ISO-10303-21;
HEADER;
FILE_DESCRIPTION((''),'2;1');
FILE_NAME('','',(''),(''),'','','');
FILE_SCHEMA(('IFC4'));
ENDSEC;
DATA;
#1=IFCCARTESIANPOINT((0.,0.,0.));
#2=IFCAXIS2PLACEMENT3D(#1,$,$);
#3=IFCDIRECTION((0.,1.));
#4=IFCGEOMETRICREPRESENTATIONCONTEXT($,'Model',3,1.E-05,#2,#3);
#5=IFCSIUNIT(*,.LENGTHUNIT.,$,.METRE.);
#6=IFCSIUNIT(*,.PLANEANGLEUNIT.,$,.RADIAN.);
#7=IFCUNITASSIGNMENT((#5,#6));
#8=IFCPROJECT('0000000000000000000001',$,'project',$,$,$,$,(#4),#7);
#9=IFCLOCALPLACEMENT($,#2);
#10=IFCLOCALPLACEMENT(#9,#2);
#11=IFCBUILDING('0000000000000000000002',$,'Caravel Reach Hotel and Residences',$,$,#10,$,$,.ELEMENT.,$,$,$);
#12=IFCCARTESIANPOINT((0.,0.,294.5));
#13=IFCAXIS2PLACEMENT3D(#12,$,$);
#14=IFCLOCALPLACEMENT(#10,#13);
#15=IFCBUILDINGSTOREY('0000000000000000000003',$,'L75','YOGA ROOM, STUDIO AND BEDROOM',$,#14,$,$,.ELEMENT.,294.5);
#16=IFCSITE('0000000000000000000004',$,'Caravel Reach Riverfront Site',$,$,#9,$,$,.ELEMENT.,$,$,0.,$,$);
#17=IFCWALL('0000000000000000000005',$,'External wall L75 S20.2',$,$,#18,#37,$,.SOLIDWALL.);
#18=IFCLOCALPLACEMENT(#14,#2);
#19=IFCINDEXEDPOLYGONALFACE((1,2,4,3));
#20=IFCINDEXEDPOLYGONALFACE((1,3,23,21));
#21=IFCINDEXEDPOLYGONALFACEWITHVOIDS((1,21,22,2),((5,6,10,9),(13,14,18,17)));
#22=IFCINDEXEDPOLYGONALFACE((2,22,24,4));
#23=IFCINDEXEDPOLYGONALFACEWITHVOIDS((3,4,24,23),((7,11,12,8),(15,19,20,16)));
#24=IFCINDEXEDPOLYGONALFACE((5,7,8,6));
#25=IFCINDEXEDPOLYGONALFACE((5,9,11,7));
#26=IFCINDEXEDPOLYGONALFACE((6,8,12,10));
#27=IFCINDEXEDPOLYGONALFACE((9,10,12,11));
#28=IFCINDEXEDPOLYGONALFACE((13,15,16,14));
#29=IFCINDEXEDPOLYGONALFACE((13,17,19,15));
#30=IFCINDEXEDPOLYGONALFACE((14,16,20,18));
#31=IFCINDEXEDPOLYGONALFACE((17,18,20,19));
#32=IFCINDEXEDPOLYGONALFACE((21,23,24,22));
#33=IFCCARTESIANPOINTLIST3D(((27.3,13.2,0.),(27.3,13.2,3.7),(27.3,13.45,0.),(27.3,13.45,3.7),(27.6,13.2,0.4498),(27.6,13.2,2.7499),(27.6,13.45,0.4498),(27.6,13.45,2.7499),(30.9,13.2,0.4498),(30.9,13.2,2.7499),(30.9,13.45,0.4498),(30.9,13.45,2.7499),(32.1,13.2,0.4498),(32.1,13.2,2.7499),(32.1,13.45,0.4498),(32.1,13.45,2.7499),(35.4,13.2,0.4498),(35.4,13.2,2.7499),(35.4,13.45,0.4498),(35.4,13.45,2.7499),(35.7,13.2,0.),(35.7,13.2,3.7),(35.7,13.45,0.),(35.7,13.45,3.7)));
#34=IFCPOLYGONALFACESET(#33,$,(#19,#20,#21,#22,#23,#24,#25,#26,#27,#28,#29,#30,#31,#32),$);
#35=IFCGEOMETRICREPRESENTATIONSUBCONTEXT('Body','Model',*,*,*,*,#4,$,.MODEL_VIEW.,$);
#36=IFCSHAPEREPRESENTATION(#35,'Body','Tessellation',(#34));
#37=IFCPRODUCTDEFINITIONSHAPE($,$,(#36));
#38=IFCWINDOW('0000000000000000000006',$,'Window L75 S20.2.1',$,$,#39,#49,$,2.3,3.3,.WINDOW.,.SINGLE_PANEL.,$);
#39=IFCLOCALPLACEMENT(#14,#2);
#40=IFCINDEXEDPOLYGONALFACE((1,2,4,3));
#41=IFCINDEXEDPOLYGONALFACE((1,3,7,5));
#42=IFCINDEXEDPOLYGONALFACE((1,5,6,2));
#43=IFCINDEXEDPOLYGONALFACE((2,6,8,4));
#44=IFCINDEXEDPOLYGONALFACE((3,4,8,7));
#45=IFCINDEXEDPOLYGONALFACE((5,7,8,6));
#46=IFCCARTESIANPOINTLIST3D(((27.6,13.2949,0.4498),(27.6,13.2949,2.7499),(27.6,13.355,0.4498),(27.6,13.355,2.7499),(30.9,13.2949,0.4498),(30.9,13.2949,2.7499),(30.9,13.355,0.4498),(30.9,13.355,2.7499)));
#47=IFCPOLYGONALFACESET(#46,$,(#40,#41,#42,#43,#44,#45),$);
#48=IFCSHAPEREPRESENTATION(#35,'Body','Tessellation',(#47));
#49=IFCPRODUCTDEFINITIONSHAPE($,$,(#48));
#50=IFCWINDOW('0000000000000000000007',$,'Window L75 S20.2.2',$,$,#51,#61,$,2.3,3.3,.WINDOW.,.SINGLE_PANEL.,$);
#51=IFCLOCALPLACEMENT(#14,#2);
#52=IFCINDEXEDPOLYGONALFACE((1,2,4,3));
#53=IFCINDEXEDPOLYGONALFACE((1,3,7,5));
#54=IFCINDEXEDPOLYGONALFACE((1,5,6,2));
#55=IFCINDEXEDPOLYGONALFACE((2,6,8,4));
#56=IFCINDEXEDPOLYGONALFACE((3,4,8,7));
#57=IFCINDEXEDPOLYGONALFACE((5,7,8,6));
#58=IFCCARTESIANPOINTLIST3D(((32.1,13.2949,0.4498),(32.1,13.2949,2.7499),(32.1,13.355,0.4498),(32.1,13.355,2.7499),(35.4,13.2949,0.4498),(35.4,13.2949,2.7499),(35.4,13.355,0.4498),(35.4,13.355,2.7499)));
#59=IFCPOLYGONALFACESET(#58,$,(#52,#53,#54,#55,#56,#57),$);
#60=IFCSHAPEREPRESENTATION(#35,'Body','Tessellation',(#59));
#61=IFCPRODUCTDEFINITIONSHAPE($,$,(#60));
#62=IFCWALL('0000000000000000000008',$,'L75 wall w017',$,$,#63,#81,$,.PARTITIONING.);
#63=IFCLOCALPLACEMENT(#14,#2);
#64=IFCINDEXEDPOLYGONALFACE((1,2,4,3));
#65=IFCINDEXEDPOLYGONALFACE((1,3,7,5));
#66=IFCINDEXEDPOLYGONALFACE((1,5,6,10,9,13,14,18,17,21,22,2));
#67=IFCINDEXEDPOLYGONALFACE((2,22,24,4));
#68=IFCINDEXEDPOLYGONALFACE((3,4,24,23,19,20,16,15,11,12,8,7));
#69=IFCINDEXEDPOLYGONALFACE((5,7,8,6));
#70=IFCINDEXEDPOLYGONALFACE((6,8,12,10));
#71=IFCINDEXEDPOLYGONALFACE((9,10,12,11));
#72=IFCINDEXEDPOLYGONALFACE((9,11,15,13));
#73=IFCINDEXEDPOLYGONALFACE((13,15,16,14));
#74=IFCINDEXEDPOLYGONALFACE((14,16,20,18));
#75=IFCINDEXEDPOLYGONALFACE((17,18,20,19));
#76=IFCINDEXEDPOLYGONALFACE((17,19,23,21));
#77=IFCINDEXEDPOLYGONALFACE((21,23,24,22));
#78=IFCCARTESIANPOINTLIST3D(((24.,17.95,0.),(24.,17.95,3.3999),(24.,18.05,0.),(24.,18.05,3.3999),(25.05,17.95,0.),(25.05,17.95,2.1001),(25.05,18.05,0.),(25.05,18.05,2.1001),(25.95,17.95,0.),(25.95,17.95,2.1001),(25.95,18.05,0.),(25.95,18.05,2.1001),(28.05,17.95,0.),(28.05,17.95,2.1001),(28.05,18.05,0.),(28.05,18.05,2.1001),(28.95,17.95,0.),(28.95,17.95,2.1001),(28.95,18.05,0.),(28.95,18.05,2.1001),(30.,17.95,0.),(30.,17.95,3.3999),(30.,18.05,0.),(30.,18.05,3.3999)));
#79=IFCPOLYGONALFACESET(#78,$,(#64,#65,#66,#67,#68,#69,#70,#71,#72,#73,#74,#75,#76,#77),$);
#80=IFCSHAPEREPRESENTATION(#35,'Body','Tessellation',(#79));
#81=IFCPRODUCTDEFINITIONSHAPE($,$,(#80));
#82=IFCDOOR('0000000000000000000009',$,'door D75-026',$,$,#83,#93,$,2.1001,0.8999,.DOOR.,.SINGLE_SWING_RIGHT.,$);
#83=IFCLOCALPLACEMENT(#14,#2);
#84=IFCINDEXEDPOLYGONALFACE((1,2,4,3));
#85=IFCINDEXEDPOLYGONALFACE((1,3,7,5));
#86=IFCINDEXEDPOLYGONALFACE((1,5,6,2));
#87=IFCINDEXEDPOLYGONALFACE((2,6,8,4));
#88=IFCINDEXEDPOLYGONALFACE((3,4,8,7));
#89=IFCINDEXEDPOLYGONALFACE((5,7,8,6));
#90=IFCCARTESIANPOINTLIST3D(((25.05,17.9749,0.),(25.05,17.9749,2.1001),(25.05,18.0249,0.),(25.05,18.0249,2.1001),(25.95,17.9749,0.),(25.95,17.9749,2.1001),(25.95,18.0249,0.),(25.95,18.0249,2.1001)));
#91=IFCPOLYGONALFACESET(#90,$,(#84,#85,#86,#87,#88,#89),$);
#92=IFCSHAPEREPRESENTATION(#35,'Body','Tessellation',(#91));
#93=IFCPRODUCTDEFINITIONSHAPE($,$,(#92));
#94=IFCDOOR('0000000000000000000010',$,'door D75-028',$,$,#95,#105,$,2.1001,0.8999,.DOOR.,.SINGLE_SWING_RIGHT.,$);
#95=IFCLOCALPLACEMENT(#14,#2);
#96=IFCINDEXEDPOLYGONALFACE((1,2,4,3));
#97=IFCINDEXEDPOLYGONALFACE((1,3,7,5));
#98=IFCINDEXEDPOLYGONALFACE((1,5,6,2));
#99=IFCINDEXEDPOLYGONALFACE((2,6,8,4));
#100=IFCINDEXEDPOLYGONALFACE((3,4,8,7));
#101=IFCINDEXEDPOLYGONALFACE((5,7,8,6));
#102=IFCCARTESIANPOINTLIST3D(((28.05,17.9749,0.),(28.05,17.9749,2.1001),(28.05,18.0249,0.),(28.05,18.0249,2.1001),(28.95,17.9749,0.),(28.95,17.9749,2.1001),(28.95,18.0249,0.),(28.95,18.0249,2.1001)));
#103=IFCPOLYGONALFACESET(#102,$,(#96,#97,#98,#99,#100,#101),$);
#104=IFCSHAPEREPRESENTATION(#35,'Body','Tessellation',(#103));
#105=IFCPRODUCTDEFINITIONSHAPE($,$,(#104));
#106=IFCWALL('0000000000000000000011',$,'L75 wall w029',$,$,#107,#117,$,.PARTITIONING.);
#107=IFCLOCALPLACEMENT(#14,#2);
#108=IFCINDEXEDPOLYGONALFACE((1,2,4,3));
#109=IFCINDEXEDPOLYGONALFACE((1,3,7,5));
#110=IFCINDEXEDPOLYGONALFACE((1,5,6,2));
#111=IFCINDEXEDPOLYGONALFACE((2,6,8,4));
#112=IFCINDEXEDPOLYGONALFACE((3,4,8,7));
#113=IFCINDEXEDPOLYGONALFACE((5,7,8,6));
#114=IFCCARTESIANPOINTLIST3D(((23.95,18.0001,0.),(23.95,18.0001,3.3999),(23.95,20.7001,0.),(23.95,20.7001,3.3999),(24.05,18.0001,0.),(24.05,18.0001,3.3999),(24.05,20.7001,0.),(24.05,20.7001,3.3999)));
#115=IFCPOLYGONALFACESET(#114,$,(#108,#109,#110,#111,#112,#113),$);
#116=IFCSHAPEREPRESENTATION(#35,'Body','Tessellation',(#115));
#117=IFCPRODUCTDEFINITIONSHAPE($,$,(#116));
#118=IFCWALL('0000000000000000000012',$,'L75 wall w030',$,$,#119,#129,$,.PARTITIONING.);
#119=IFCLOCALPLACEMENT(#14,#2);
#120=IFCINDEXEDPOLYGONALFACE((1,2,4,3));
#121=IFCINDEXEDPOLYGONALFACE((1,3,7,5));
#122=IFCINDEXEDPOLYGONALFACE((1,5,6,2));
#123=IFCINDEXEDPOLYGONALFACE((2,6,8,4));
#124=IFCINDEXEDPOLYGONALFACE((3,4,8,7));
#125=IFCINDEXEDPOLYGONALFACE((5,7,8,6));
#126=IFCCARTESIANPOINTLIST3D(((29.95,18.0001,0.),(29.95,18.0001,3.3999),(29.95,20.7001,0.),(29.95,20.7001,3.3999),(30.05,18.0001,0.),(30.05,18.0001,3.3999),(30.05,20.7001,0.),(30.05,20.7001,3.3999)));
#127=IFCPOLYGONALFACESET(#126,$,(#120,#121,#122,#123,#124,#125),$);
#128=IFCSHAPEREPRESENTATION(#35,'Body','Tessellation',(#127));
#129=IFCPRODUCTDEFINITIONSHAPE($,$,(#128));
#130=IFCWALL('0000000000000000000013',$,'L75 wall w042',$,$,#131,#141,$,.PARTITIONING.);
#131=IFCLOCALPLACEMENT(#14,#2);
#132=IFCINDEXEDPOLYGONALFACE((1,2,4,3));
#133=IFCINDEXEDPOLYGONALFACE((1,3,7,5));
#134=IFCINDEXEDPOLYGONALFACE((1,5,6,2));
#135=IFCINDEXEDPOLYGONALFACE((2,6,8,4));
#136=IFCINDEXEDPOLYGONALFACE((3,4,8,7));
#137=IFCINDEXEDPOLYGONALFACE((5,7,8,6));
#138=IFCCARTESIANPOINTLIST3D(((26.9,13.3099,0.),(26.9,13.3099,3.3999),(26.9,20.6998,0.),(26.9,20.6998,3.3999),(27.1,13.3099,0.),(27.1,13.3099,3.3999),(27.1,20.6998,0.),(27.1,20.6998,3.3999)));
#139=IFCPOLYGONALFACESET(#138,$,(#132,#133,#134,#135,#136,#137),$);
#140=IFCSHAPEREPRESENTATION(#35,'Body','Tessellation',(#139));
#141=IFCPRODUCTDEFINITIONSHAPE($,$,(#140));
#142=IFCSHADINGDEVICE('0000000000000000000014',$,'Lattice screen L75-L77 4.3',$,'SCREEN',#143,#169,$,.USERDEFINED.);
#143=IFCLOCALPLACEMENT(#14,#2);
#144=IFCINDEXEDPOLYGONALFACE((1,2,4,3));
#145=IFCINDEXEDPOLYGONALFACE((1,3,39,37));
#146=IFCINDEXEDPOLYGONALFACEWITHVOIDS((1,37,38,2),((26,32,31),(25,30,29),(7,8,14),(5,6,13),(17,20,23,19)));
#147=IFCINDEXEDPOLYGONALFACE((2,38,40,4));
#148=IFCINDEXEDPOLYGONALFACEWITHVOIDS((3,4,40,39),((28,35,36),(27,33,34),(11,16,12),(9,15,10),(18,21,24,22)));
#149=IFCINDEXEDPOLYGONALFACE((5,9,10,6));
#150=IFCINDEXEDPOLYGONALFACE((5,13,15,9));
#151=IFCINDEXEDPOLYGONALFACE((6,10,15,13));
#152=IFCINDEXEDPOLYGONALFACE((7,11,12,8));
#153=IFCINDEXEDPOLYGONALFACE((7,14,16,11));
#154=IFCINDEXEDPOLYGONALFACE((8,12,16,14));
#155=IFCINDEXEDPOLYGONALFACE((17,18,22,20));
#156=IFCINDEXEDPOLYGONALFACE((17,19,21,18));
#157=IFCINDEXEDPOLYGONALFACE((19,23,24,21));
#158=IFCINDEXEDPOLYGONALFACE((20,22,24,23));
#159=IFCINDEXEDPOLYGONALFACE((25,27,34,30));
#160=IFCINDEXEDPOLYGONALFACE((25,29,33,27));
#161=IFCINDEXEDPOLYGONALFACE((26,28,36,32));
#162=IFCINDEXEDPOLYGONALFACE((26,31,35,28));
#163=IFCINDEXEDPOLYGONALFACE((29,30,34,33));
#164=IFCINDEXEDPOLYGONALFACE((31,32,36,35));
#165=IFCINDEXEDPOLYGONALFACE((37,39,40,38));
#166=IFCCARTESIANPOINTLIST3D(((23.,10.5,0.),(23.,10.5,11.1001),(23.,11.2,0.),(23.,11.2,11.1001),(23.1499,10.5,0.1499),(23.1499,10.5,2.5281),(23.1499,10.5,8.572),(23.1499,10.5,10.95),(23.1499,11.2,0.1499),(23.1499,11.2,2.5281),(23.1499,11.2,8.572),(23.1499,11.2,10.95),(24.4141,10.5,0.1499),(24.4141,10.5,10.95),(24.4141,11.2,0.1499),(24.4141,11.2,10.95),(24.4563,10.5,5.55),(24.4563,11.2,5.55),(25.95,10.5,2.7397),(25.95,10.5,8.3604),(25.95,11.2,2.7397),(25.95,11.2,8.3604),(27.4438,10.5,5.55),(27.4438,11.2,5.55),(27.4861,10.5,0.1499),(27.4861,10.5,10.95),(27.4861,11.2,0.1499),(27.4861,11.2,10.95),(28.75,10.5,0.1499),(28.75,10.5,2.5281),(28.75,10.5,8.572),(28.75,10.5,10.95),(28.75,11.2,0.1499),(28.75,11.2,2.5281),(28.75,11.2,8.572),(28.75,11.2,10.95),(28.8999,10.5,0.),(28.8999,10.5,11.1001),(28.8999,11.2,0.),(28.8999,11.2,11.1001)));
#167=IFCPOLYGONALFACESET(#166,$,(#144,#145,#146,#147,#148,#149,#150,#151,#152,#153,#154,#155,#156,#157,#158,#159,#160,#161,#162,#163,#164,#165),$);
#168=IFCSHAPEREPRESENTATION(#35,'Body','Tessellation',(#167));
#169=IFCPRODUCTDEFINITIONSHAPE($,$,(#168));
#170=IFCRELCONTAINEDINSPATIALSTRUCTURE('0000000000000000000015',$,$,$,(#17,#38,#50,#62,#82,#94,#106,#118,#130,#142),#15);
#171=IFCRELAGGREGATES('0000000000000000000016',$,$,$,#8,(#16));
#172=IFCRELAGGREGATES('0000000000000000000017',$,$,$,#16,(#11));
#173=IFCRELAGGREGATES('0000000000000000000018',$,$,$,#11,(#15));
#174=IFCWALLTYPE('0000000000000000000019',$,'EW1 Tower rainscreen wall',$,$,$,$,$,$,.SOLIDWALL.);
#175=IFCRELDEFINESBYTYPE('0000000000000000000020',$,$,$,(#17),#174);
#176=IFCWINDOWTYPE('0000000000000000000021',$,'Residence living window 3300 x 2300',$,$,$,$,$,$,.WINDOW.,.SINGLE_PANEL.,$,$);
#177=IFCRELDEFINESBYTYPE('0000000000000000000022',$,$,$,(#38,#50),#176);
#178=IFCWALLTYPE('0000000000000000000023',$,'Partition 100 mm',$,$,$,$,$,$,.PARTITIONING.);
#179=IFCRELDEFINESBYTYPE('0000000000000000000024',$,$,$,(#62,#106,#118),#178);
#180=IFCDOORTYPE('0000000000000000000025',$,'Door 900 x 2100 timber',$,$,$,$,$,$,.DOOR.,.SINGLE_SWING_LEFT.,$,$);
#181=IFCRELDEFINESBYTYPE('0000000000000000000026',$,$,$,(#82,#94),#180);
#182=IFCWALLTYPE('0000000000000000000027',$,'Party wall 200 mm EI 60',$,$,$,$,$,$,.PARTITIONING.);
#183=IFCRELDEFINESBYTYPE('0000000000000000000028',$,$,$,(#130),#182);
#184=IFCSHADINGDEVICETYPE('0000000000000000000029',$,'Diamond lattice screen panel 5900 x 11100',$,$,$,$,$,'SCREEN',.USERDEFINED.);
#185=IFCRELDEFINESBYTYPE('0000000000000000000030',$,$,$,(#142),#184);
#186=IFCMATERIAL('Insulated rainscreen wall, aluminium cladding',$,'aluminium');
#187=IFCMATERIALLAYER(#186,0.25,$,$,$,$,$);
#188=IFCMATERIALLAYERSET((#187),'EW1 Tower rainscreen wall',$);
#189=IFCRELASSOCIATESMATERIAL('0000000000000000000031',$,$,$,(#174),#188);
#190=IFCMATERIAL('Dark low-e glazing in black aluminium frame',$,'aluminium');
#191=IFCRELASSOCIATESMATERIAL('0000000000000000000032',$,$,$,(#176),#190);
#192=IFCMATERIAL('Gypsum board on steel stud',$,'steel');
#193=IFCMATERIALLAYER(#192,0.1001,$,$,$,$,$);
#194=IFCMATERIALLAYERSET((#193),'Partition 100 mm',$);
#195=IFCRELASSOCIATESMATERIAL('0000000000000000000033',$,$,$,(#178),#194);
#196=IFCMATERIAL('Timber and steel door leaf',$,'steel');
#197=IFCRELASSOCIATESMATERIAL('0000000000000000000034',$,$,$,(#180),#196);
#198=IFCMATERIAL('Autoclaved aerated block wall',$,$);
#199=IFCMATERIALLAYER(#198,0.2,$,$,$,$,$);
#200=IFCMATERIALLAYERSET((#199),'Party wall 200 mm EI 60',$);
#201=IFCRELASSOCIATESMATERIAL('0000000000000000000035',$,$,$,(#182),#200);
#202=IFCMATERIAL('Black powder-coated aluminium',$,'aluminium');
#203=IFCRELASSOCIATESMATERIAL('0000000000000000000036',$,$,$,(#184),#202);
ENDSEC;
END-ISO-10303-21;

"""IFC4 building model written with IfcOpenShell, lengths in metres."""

from ifc_helpers import new_model, si_unit, direction, frame, frame_2d, origin, place, context, subcontext, project, spatial, polyline, rectangle, outline, extrude, material, layer, layer_set, type_object, element, fill, save


model = new_model("IFC4")

# Units and contexts
model_context = context("Model", 3, precision=1e-05, world=origin(), true_north=direction((0.0, 1.0)))
body_context = subcontext(model_context, "Body", "Model", "MODEL_VIEW")
ifc_project = project(units=[si_unit("LENGTHUNIT", "METRE"), si_unit("PLANEANGLEUNIT", "RADIAN")], contexts=[model_context])

# Site, building, storey
site_placement = place(None, origin())
site = spatial("IfcSite", under=ifc_project, at=site_placement, Name="Caravel Reach Riverfront Site", CompositionType="ELEMENT", RefElevation=0.0)
building_placement = place(site_placement, origin())
building = spatial("IfcBuilding", under=site, at=building_placement, Name="Caravel Reach Hotel and Residences", CompositionType="ELEMENT")
storey_placement = place(building_placement, frame((0.0, 0.0, 294.5)))
storey = spatial("IfcBuildingStorey", under=building, at=storey_placement, Name="L75", Description="YOGA ROOM, STUDIO AND BEDROOM", CompositionType="ELEMENT", Elevation=294.5)

# Wall, openings, windows
ifc_material_1 = material(Name="Insulated rainscreen wall, aluminium cladding", Category="aluminium")
ifc_layer_1 = layer(ifc_material_1, 0.25)
ifc_layer_set_1 = layer_set([ifc_layer_1], Name="EW1 Tower rainscreen wall")
wall_type_1 = type_object("IfcWallType", Name="EW1 Tower rainscreen wall", PredefinedType="SOLIDWALL", material=ifc_layer_set_1)
wall_1_placement = place(storey_placement, frame((27.3, 13.325, 0.0), z_axis=(0.0, 0.0, 1.0), x_axis=(1.0, 0.0, 0.0)))
wall_1 = element("IfcWall", 1, at=wall_1_placement, inside=storey, type_object=wall_type_1, Name="External wall L75 S20.2", PredefinedType="SOLIDWALL", context=body_context, shape_type="SweptSolid", body=[
    extrude(rectangle(XDim=8.3999, YDim=0.25, at=frame_2d((4.2, 0.0))), origin(), (0.0, 0.0, 1.0), 3.7),
])
opening_1_placement = place(wall_1_placement, frame((0.3, 0.0, 0.45)))
opening_1 = element("IfcOpeningElement", 2, at=opening_1_placement, cuts=wall_1, PredefinedType="OPENING", context=body_context, shape_type="SweptSolid", body=[
    extrude(rectangle(XDim=3.3, YDim=2.3, at=frame_2d((1.6499, 1.1499))), frame((0.0, 0.135, 0.0), z_axis=(0.0, -1.0, 0.0), x_axis=(1.0, 0.0, 0.0)), (0.0, 0.0, 1.0), 0.27),
])
opening_2_placement = place(wall_1_placement, frame((4.8, 0.0, 0.45)))
opening_2 = element("IfcOpeningElement", 3, at=opening_2_placement, cuts=wall_1, PredefinedType="OPENING", context=body_context, shape_type="SweptSolid", body=[
    extrude(rectangle(XDim=3.3, YDim=2.3, at=frame_2d((1.6499, 1.1499))), frame((0.0, 0.135, 0.0), z_axis=(0.0, -1.0, 0.0), x_axis=(1.0, 0.0, 0.0)), (0.0, 0.0, 1.0), 0.27),
])
ifc_material_2 = material(Name="Dark low-e glazing in black aluminium frame", Category="aluminium")
window_type = type_object("IfcWindowType", Name="Residence living window 3300 x 2300", PartitioningType="SINGLE_PANEL", PredefinedType="WINDOW", material=ifc_material_2)
window_1_placement = place(opening_1_placement, origin())
window_1 = element("IfcWindow", 4, at=window_1_placement, inside=storey, type_object=window_type, Name="Window L75 S20.2.1", OverallHeight=2.3, OverallWidth=3.3, PartitioningType="SINGLE_PANEL", PredefinedType="WINDOW", context=body_context, shape_type="SweptSolid", body=[
    extrude(rectangle(XDim=3.3, YDim=2.3, at=frame_2d((1.6499, 1.1499))), frame((0.0, 0.03, 0.0), z_axis=(0.0, -1.0, 0.0), x_axis=(1.0, 0.0, 0.0)), (0.0, 0.0, 1.0), 0.0601),
])
fill(opening_1, window_1)
window_2_placement = place(opening_2_placement, origin())
window_2 = element("IfcWindow", 5, at=window_2_placement, inside=storey, type_object=window_type, Name="Window L75 S20.2.2", OverallHeight=2.3, OverallWidth=3.3, PartitioningType="SINGLE_PANEL", PredefinedType="WINDOW", context=body_context, shape_type="SweptSolid", body=[
    extrude(rectangle(XDim=3.3, YDim=2.3, at=frame_2d((1.6499, 1.1499))), frame((0.0, 0.03, 0.0), z_axis=(0.0, -1.0, 0.0), x_axis=(1.0, 0.0, 0.0)), (0.0, 0.0, 1.0), 0.0601),
])
fill(opening_2, window_2)

# Wall, openings, doors
ifc_material_3 = material(Name="Gypsum board on steel stud", Category="steel")
ifc_layer_2 = layer(ifc_material_3, 0.1001)
ifc_layer_set_2 = layer_set([ifc_layer_2], Name="Partition 100 mm")
wall_type_2 = type_object("IfcWallType", Name="Partition 100 mm", PredefinedType="PARTITIONING", material=ifc_layer_set_2)
wall_2_placement = place(storey_placement, frame((24.0, 18.0, 0.0), z_axis=(0.0, 0.0, 1.0), x_axis=(1.0, 0.0, 0.0)))
wall_2 = element("IfcWall", 6, at=wall_2_placement, inside=storey, type_object=wall_type_2, Name="L75 wall w017", PredefinedType="PARTITIONING", context=body_context, shape_type="SweptSolid", body=[
    extrude(rectangle(XDim=6.0, YDim=0.1001, at=frame_2d((3.0, 0.0))), origin(), (0.0, 0.0, 1.0), 3.3999),
])
opening_3_placement = place(wall_2_placement, frame((1.05, 0.0, 0.0)))
opening_3 = element("IfcOpeningElement", 7, at=opening_3_placement, cuts=wall_2, PredefinedType="OPENING", context=body_context, shape_type="SweptSolid", body=[
    extrude(rectangle(XDim=0.8999, YDim=2.1001, at=frame_2d((0.45, 1.05))), frame((0.0, 0.0601, 0.0), z_axis=(0.0, -1.0, 0.0), x_axis=(1.0, 0.0, 0.0)), (0.0, 0.0, 1.0), 0.1201),
])
opening_4_placement = place(wall_2_placement, frame((4.05, 0.0, 0.0)))
opening_4 = element("IfcOpeningElement", 8, at=opening_4_placement, cuts=wall_2, PredefinedType="OPENING", context=body_context, shape_type="SweptSolid", body=[
    extrude(rectangle(XDim=0.8999, YDim=2.1001, at=frame_2d((0.45, 1.05))), frame((0.0, 0.0601, 0.0), z_axis=(0.0, -1.0, 0.0), x_axis=(1.0, 0.0, 0.0)), (0.0, 0.0, 1.0), 0.1201),
])
ifc_material_4 = material(Name="Timber and steel door leaf", Category="steel")
door_type_1 = type_object("IfcDoorType", Name="Door 900 x 2100 timber", OperationType="SINGLE_SWING_LEFT", PredefinedType="DOOR", material=ifc_material_4)
door_1_placement = place(opening_3_placement, origin())
door_1 = element("IfcDoor", 9, at=door_1_placement, inside=storey, type_object=door_type_1, Name="door D75-026", OperationType="SINGLE_SWING_RIGHT", OverallHeight=2.1001, OverallWidth=0.8999, PredefinedType="DOOR", context=body_context, shape_type="SweptSolid", body=[
    extrude(rectangle(XDim=0.8999, YDim=2.1001, at=frame_2d((0.45, 1.05))), frame((0.0, 0.0249, 0.0), z_axis=(0.0, -1.0, 0.0), x_axis=(1.0, 0.0, 0.0)), (0.0, 0.0, 1.0), 0.05),
])
fill(opening_3, door_1)
door_2_placement = place(opening_4_placement, origin())
door_2 = element("IfcDoor", 10, at=door_2_placement, inside=storey, type_object=door_type_1, Name="door D75-028", OperationType="SINGLE_SWING_RIGHT", OverallHeight=2.1001, OverallWidth=0.8999, PredefinedType="DOOR", context=body_context, shape_type="SweptSolid", body=[
    extrude(rectangle(XDim=0.8999, YDim=2.1001, at=frame_2d((0.45, 1.05))), frame((0.0, 0.0249, 0.0), z_axis=(0.0, -1.0, 0.0), x_axis=(1.0, 0.0, 0.0)), (0.0, 0.0, 1.0), 0.05),
])
fill(opening_4, door_2)

# Walls
for number, where, z_axis, x_axis, name in (
    (11, (24.0, 18.0, 0.0), (0.0, 0.0, 1.0), (0.0, 1.0, 0.0), "L75 wall w029"),
    (12, (30.0, 18.0, 0.0), (0.0, 0.0, 1.0), (0.0, 1.0, 0.0), "L75 wall w030"),
):
    element("IfcWall", number, at=place(storey_placement, frame(where, z_axis=z_axis, x_axis=x_axis)), inside=storey, type_object=wall_type_2, Name=name, PredefinedType="PARTITIONING", context=body_context, shape_type="SweptSolid", body=[
        extrude(rectangle(XDim=2.7, YDim=0.1001, at=frame_2d((1.3501, 0.0))), origin(), (0.0, 0.0, 1.0), 3.3999),
    ])
ifc_material_5 = material(Name="Autoclaved aerated block wall")
ifc_layer_3 = layer(ifc_material_5, 0.2)
ifc_layer_set_3 = layer_set([ifc_layer_3], Name="Party wall 200 mm EI 60")
wall_type_3 = type_object("IfcWallType", Name="Party wall 200 mm EI 60", PredefinedType="PARTITIONING", material=ifc_layer_set_3)
wall_3_placement = place(storey_placement, frame((27.0, 13.3101, 0.0), z_axis=(0.0, 0.0, 1.0), x_axis=(0.0, 1.0, 0.0)))
element("IfcWall", 13, at=wall_3_placement, inside=storey, type_object=wall_type_3, Name="L75 wall w042", PredefinedType="PARTITIONING", context=body_context, shape_type="SweptSolid", body=[
    extrude(rectangle(XDim=7.3899, YDim=0.2, at=frame_2d((3.6948, 0.0))), origin(), (0.0, 0.0, 1.0), 3.3999),
])

# Shading device
ifc_material_6 = material(Name="Black powder-coated aluminium", Category="aluminium")
shading_device_type = type_object("IfcShadingDeviceType", Name="Diamond lattice screen panel 5900 x 11100", ElementType="SCREEN", PredefinedType="USERDEFINED", material=ifc_material_6)
for number, where, z_axis, x_axis, name in (
    (14, (23.0, 11.2, 0.0), (0.0, -1.0, 0.0), (1.0, 0.0, 0.0), "Lattice screen L75-L77 4.3"),
):
    element("IfcShadingDevice", number, at=place(storey_placement, frame(where, z_axis=z_axis, x_axis=x_axis)), inside=storey, type_object=shading_device_type, Name=name, ObjectType="SCREEN", PredefinedType="USERDEFINED", context=body_context, shape_type="SweptSolid", body=[
        extrude(outline(polyline([(0.0, 0.0), (5.8999, 0.0), (5.8999, 11.1001), (0.0, 11.1001), (0.0, 0.0)]), holes=[polyline([(1.4141, 0.1499), (0.1499, 2.5281), (0.1499, 0.1499), (1.4141, 0.1499)]), polyline([(0.1499, 8.572), (1.4141, 10.95), (0.1499, 10.95), (0.1499, 8.572)]), polyline([(2.95, 8.3604), (1.4563, 5.55), (2.95, 2.7397), (4.4438, 5.55), (2.95, 8.3604)]), polyline([(5.75, 2.5281), (4.4861, 0.1499), (5.75, 0.1499), (5.75, 2.5281)]), polyline([(4.4861, 10.95), (5.75, 8.572), (5.75, 10.95), (4.4861, 10.95)])]), origin(), (0.0, 0.0, 1.0), 0.7),
    ])

save(model, "model.ifc")
